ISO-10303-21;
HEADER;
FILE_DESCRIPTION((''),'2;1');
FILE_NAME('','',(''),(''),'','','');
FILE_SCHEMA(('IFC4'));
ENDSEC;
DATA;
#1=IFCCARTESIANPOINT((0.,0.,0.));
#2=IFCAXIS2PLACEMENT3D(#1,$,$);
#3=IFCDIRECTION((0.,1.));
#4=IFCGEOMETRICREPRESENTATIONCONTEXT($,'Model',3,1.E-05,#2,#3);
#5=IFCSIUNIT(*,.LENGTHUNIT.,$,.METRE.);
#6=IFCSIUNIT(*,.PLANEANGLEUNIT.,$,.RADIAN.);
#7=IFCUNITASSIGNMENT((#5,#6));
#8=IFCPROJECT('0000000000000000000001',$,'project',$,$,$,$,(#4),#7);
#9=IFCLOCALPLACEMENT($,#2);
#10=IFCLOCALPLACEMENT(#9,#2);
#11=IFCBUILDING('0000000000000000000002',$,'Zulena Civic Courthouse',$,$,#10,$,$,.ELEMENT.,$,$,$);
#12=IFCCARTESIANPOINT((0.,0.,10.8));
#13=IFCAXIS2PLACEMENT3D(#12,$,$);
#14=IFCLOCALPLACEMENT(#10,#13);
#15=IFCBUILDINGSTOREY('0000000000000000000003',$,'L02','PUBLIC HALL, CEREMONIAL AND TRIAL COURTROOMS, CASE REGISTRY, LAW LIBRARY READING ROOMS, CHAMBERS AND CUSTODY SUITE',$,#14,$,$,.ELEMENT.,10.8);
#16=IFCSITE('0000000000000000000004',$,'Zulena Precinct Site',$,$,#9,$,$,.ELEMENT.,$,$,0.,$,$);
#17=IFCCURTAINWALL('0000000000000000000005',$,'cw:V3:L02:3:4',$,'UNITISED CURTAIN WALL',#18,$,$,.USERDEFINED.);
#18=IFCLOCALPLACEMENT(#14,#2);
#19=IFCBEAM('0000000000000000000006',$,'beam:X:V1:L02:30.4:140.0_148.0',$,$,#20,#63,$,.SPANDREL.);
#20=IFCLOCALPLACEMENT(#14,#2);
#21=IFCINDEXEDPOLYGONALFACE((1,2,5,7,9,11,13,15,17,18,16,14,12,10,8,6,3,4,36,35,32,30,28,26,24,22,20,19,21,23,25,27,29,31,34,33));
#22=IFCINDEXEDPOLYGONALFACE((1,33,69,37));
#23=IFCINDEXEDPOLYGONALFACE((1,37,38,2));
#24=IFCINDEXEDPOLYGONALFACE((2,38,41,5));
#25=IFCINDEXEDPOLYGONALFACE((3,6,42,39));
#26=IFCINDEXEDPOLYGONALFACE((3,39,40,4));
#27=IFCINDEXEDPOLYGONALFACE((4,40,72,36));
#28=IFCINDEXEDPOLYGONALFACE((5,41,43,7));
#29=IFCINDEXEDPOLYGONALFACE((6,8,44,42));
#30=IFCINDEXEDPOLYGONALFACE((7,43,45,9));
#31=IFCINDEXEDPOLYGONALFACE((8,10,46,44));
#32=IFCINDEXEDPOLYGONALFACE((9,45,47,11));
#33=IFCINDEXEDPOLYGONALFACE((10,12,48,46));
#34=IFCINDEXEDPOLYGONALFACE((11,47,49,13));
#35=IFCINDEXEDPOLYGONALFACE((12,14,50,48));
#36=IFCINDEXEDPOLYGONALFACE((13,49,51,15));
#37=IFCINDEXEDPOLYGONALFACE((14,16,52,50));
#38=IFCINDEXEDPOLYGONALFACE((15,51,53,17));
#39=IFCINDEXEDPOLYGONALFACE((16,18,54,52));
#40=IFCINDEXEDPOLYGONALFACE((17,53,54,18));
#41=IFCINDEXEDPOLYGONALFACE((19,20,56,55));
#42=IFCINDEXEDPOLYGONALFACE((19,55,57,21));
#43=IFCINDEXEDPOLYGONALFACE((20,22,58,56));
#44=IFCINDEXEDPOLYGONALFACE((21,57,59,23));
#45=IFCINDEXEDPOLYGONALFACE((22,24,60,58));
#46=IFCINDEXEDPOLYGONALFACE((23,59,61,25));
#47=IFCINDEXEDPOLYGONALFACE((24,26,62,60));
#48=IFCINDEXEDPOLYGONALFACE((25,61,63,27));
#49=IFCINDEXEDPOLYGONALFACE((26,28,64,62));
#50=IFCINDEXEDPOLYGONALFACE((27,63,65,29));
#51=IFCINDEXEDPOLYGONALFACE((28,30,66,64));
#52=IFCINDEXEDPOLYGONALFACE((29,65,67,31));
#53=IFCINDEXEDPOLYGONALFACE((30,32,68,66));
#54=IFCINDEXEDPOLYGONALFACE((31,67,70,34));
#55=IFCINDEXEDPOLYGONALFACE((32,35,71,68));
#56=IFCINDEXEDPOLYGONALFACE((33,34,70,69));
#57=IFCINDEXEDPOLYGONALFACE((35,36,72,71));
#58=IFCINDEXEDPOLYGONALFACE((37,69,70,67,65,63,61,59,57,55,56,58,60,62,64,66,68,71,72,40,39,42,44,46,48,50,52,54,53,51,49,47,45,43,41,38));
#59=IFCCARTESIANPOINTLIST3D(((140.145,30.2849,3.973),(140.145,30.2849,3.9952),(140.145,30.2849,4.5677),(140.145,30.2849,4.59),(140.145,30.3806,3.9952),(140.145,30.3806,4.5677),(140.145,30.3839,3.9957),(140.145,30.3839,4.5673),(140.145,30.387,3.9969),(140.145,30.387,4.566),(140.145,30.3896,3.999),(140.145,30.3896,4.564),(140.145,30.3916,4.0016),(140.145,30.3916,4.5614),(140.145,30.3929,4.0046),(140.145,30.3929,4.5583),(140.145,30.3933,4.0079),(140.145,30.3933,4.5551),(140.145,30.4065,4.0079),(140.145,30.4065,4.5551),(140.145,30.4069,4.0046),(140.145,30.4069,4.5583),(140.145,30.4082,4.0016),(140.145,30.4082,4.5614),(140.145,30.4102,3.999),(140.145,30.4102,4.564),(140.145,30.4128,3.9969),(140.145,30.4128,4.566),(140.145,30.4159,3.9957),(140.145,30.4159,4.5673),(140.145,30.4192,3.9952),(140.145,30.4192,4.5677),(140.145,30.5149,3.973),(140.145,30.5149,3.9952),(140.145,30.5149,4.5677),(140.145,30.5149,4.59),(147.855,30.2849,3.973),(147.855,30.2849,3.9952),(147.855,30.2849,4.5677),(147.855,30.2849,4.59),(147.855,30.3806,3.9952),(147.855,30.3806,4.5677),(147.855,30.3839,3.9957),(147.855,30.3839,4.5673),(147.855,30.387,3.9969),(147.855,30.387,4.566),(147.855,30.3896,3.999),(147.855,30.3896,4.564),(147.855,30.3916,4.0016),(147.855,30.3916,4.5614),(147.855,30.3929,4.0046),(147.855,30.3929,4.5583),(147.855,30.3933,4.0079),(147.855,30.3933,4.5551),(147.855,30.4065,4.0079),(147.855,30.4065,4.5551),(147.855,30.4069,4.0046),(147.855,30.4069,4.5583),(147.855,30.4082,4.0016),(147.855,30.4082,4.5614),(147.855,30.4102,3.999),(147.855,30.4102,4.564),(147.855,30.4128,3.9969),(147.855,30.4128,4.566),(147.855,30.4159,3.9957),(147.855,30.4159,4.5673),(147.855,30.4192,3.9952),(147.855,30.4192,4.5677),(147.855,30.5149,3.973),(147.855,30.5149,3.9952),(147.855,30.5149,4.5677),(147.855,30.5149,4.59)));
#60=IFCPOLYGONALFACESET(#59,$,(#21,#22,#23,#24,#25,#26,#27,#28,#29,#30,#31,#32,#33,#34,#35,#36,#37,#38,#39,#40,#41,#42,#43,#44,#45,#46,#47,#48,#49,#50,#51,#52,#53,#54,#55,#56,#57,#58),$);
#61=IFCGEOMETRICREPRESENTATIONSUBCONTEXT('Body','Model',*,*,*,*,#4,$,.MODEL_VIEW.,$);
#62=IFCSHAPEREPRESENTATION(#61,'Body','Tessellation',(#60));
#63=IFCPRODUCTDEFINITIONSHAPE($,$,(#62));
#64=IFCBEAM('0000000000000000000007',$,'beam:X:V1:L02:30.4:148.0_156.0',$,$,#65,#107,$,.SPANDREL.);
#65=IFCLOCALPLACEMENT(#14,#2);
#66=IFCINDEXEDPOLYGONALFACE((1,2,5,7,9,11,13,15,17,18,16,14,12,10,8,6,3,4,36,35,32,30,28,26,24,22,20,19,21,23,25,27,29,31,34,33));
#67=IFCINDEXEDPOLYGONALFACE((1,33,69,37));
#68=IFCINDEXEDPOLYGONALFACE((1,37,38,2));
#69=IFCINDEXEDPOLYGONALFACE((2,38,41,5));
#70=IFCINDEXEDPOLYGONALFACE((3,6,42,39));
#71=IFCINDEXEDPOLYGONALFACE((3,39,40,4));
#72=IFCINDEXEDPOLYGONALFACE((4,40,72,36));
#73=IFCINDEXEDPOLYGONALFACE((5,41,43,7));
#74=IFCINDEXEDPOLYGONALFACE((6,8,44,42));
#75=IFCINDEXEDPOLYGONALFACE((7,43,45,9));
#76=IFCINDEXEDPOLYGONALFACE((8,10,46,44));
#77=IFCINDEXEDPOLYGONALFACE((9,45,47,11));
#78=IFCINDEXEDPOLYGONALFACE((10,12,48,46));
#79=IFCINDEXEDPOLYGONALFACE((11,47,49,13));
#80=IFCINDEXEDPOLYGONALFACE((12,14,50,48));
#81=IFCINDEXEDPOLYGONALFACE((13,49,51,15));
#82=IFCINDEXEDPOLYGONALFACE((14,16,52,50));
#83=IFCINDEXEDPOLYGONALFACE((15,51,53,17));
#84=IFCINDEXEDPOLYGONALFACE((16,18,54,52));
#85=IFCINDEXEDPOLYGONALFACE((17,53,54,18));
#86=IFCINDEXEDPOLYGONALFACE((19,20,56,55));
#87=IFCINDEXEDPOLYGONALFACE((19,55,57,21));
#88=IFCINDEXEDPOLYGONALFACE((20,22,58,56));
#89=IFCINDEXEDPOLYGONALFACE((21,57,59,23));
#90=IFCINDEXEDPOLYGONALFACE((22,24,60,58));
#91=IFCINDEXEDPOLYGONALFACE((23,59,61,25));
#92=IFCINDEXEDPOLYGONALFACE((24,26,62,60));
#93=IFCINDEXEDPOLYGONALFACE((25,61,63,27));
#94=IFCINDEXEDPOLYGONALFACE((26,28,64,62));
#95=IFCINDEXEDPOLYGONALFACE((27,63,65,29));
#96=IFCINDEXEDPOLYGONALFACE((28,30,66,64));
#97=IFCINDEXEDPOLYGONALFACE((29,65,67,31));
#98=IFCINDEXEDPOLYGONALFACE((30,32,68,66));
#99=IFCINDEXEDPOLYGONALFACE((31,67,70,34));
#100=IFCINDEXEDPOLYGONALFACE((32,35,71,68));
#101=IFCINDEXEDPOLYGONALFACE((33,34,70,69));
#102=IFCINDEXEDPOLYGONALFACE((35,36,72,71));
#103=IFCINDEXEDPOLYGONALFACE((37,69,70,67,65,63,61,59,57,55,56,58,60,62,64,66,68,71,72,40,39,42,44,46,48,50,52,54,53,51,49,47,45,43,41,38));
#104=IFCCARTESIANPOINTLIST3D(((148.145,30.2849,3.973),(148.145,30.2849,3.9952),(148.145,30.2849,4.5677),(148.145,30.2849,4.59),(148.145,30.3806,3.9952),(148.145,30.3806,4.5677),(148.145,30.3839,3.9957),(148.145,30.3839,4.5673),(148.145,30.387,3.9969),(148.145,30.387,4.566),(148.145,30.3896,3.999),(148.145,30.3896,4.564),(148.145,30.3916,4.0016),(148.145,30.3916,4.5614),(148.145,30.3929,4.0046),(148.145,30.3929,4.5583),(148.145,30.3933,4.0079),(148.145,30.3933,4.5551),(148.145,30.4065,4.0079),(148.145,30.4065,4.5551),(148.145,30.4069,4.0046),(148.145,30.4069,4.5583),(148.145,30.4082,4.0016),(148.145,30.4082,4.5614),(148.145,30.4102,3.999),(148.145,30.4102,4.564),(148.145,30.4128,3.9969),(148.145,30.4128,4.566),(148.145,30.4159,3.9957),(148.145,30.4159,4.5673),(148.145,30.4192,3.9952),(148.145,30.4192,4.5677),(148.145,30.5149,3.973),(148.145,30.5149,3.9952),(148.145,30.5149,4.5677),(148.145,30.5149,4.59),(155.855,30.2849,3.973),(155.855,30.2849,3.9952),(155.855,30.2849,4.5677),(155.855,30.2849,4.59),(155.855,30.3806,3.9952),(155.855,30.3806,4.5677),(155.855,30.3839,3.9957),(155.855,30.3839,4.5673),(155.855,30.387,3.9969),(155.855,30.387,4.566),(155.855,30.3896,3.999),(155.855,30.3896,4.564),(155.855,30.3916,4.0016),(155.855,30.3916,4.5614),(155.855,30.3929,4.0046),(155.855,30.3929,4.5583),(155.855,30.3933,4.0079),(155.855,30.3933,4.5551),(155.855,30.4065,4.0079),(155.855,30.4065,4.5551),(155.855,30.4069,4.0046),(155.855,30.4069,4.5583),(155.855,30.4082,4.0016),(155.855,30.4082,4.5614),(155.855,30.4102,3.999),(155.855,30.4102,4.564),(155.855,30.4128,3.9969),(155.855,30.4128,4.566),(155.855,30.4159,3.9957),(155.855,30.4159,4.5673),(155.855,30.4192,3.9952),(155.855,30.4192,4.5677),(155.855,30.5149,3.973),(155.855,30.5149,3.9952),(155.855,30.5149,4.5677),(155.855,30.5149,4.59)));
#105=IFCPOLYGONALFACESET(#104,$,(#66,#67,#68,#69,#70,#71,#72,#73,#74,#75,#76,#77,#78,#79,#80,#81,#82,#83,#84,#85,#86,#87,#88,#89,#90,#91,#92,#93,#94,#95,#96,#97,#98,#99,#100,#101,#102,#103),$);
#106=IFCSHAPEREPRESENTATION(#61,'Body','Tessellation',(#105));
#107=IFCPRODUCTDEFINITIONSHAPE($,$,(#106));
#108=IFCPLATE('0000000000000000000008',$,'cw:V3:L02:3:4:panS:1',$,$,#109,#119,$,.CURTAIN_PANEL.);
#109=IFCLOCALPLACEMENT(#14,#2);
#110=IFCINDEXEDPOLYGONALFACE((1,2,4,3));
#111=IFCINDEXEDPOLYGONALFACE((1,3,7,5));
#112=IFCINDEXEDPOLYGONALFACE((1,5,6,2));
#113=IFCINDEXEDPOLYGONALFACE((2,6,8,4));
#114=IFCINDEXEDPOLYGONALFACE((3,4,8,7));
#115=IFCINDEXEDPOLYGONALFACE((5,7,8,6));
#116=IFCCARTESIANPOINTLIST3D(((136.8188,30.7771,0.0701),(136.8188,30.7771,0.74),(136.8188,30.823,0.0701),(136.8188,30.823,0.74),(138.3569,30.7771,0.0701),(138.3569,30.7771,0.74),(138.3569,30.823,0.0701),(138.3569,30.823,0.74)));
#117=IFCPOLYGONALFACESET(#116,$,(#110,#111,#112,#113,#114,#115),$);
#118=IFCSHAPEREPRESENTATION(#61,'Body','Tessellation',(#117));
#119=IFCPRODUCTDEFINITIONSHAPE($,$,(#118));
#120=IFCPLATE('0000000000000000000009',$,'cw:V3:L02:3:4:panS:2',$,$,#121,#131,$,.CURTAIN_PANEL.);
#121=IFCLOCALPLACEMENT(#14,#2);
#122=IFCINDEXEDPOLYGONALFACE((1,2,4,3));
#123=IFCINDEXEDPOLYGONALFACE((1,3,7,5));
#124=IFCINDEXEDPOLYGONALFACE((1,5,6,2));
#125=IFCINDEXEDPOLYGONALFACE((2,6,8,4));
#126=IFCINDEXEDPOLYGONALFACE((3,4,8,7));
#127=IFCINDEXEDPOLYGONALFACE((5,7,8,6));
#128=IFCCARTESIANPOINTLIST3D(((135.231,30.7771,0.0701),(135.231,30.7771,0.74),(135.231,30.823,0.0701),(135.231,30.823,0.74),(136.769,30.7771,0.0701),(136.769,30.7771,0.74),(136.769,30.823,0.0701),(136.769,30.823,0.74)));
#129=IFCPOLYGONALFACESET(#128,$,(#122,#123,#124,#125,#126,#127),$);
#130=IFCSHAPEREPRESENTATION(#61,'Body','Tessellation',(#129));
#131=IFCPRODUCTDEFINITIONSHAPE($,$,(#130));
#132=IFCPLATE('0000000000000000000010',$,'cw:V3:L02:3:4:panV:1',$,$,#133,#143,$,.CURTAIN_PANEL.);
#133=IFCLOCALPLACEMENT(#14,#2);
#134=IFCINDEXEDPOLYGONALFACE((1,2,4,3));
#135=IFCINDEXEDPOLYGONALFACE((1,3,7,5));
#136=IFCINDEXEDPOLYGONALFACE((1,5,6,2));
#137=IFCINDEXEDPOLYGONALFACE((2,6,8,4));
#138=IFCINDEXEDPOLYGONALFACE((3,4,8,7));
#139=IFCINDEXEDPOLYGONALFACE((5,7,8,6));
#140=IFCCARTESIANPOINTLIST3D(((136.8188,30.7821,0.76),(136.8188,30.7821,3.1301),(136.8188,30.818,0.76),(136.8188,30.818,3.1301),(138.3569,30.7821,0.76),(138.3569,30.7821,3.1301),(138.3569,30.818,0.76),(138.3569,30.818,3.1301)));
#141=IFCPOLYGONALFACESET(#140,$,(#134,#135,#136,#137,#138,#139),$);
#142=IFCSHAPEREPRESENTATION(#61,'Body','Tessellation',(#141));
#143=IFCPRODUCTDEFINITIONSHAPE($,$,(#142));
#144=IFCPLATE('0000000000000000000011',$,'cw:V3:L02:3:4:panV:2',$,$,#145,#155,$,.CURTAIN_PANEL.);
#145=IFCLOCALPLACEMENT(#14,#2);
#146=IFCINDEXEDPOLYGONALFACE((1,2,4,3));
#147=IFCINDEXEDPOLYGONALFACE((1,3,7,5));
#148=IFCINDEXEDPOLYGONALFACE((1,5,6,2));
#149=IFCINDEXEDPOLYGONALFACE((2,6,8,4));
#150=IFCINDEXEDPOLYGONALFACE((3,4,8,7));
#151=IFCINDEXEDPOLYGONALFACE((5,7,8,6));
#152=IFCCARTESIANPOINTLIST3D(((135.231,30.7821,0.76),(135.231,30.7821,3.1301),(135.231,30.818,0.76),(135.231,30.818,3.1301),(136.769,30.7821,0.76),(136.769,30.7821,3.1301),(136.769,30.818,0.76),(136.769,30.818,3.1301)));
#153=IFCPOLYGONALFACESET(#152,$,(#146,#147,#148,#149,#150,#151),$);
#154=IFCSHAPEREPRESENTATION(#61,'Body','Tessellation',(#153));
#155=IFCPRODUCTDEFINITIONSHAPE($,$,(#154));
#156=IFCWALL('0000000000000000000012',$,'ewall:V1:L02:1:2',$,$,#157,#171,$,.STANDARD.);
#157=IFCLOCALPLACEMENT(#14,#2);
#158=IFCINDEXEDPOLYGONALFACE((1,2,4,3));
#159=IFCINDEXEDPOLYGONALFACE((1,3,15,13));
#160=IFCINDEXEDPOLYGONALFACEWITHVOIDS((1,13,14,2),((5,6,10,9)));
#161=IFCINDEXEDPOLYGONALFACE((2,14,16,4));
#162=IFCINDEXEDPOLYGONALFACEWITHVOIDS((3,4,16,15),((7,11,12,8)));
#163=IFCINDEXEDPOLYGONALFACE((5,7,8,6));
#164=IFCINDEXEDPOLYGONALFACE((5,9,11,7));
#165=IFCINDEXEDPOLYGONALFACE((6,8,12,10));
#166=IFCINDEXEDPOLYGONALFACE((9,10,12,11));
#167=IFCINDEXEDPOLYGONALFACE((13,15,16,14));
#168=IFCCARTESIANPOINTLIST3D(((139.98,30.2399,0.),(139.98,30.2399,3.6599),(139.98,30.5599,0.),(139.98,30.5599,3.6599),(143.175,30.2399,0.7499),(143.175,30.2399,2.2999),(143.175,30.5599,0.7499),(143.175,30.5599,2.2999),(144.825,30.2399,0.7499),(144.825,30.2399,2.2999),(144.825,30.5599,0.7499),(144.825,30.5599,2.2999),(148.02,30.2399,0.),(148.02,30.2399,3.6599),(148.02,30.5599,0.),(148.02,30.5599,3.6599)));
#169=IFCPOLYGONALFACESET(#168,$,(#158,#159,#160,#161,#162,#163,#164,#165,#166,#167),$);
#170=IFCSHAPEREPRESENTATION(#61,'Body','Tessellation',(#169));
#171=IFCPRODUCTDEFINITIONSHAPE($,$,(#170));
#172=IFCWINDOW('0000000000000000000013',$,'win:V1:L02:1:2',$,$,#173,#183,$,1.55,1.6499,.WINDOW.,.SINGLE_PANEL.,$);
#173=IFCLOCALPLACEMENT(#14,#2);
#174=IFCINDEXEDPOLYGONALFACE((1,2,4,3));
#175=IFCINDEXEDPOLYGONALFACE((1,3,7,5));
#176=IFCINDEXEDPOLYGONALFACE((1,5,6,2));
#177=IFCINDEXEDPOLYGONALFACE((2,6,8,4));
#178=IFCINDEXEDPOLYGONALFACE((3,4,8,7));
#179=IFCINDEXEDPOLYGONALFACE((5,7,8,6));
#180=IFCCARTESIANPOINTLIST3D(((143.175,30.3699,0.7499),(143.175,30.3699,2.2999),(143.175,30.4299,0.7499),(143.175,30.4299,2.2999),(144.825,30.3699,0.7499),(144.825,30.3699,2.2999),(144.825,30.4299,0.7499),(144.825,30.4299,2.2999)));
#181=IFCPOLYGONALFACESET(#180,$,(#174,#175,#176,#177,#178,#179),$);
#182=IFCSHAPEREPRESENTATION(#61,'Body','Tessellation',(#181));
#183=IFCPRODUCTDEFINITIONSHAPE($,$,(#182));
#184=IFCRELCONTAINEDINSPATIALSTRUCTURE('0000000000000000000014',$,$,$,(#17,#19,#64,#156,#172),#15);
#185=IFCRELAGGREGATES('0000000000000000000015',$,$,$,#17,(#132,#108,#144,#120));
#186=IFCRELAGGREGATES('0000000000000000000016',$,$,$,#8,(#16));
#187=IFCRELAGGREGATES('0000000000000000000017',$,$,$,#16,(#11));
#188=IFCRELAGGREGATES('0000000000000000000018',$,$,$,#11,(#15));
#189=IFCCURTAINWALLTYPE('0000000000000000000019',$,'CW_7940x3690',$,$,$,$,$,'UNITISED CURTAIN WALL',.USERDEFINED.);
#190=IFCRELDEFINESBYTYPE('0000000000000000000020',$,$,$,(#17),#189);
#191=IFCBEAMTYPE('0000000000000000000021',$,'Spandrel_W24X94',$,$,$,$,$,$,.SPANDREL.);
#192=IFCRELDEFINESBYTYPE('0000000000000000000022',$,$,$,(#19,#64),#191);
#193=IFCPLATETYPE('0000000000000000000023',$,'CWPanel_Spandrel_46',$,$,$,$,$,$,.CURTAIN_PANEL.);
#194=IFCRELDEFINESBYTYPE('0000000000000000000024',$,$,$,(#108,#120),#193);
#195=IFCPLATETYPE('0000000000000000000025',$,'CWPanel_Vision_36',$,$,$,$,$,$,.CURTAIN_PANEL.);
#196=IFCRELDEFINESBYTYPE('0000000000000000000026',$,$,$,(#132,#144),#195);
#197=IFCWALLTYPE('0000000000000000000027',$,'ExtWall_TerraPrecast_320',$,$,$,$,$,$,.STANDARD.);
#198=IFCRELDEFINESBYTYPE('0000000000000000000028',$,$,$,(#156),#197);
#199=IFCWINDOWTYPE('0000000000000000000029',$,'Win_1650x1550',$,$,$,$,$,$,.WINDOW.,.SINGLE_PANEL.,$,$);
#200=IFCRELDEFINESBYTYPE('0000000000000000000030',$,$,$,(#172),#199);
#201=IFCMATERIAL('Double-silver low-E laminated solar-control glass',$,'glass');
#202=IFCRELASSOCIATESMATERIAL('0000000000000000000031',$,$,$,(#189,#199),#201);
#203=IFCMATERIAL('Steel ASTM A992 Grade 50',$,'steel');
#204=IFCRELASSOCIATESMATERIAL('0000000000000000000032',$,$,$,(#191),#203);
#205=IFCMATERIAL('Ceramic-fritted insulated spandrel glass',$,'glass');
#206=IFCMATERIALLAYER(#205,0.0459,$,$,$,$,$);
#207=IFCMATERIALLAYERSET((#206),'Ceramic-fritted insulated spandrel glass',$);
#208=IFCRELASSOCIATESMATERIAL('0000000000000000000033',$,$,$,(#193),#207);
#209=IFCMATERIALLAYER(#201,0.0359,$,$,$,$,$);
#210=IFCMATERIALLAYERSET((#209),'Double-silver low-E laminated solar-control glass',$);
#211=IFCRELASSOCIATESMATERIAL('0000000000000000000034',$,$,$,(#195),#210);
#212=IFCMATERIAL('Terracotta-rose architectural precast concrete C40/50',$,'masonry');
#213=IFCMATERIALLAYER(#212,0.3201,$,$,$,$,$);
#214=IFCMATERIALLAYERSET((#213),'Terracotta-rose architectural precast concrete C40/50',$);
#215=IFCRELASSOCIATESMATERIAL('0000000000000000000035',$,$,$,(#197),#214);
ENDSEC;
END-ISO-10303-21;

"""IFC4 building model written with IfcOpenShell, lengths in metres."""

from ifc_helpers import new_model, si_unit, direction, frame, frame_2d, origin, origin_2d, place, context, subcontext, project, spatial, rectangle, i_section, extrude, material, layer, layer_set, material_profile, profile_set, type_object, element, fill, aggregate, save


model = new_model("IFC4")

# Units and contexts
model_context = context("Model", 3, precision=1e-05, world=origin(), true_north=direction((0.0, 1.0)))
body_context = subcontext(model_context, "Body", "Model", "MODEL_VIEW")
ifc_project = project(units=[si_unit("LENGTHUNIT", "METRE"), si_unit("PLANEANGLEUNIT", "RADIAN")], contexts=[model_context])

# Site, building, storey
site_placement = place(None, origin())
site = spatial("IfcSite", under=ifc_project, at=site_placement, Name="Zulena Precinct Site", CompositionType="ELEMENT", RefElevation=0.0)
building_placement = place(site_placement, origin())
building = spatial("IfcBuilding", under=site, at=building_placement, Name="Zulena Civic Courthouse", CompositionType="ELEMENT")
storey_placement = place(building_placement, frame((0.0, 0.0, 10.8)))
storey = spatial("IfcBuildingStorey", under=building, at=storey_placement, Name="L02", Description="PUBLIC HALL, CEREMONIAL AND TRIAL COURTROOMS, CASE REGISTRY, LAW LIBRARY READING ROOMS, CHAMBERS AND CUSTODY SUITE", CompositionType="ELEMENT", Elevation=10.8)

# Shared definitions
ifc_material_1 = material(Name="Steel ASTM A992 Grade 50", Category="steel")

# Curtain wall
ifc_material_2 = material(Name="Double-silver low-E laminated solar-control glass", Category="glass")
curtain_wall_type = type_object("IfcCurtainWallType", Name="CW_7940x3690", ElementType="UNITISED CURTAIN WALL", PredefinedType="USERDEFINED", material=ifc_material_2)
curtain_wall_placement = place(storey_placement, origin())
curtain_wall = element("IfcCurtainWall", 1, at=curtain_wall_placement, inside=storey, type_object=curtain_wall_type, Name="cw:V3:L02:3:4", ObjectType="UNITISED CURTAIN WALL", PredefinedType="USERDEFINED")

# Beams
ifc_material_profile_1 = material_profile(ifc_material_1, i_section(OverallWidth=0.23, OverallDepth=0.6169, WebThickness=0.0132, FlangeThickness=0.0222, FilletRadius=0.0127, at=origin_2d()), Name="W24X94")
ifc_profile_set_1 = profile_set([ifc_material_profile_1], Name="Steel ASTM A992 Grade 50")
beam_type_1 = type_object("IfcBeamType", Name="Spandrel_W24X94", PredefinedType="SPANDREL", material=ifc_profile_set_1)
for number, where, z_axis, x_axis, name in (
    (2, (140.145, 30.3999, 4.2815), (1.0, 0.0, 0.0), (0.0, 1.0, 0.0), "beam:X:V1:L02:30.4:140.0_148.0"),
    (3, (148.145, 30.3999, 4.2815), (1.0, 0.0, 0.0), (0.0, 1.0, 0.0), "beam:X:V1:L02:30.4:148.0_156.0"),
):
    element("IfcBeam", number, at=place(storey_placement, frame(where, z_axis=z_axis, x_axis=x_axis)), inside=storey, type_object=beam_type_1, Name=name, PredefinedType="SPANDREL", context=body_context, shape_type="SweptSolid", body=[
        extrude(i_section(OverallWidth=0.23, OverallDepth=0.6169, WebThickness=0.0132, FlangeThickness=0.0222, FilletRadius=0.0127, at=origin_2d()), origin(), (0.0, 0.0, 1.0), 7.71),
    ])

# Plates
ifc_material_3 = material(Name="Ceramic-fritted insulated spandrel glass", Category="glass")
ifc_layer_1 = layer(ifc_material_3, 0.0459)
ifc_layer_set_1 = layer_set([ifc_layer_1], Name="Ceramic-fritted insulated spandrel glass")
plate_type_1 = type_object("IfcPlateType", Name="CWPanel_Spandrel_46", PredefinedType="CURTAIN_PANEL", material=ifc_layer_set_1)
plate_1_placement = place(storey_placement, frame((137.5879, 30.8, 0.0701), z_axis=(0.0, 0.0, 1.0), x_axis=(-1.0, 0.0, 0.0)))
plate_1 = element("IfcPlate", 4, at=plate_1_placement, type_object=plate_type_1, Name="cw:V3:L02:3:4:panS:1", PredefinedType="CURTAIN_PANEL", context=body_context, shape_type="SweptSolid", body=[
    extrude(rectangle(XDim=1.5381, YDim=0.0459, at=origin_2d()), origin(), (0.0, 0.0, 1.0), 0.6699),
])
plate_2_placement = place(storey_placement, frame((136.0, 30.8, 0.0701), z_axis=(0.0, 0.0, 1.0), x_axis=(-1.0, 0.0, 0.0)))
plate_2 = element("IfcPlate", 5, at=plate_2_placement, type_object=plate_type_1, Name="cw:V3:L02:3:4:panS:2", PredefinedType="CURTAIN_PANEL", context=body_context, shape_type="SweptSolid", body=[
    extrude(rectangle(XDim=1.5381, YDim=0.0459, at=origin_2d()), origin(), (0.0, 0.0, 1.0), 0.6699),
])
ifc_layer_2 = layer(ifc_material_2, 0.0359)
ifc_layer_set_2 = layer_set([ifc_layer_2], Name="Double-silver low-E laminated solar-control glass")
plate_type_2 = type_object("IfcPlateType", Name="CWPanel_Vision_36", PredefinedType="CURTAIN_PANEL", material=ifc_layer_set_2)
plate_3_placement = place(storey_placement, frame((137.5879, 30.8, 0.76), z_axis=(0.0, 0.0, 1.0), x_axis=(-1.0, 0.0, 0.0)))
plate_3 = element("IfcPlate", 6, at=plate_3_placement, type_object=plate_type_2, Name="cw:V3:L02:3:4:panV:1", PredefinedType="CURTAIN_PANEL", context=body_context, shape_type="SweptSolid", body=[
    extrude(rectangle(XDim=1.5381, YDim=0.0359, at=origin_2d()), origin(), (0.0, 0.0, 1.0), 2.3701),
])
plate_4_placement = place(storey_placement, frame((136.0, 30.8, 0.76), z_axis=(0.0, 0.0, 1.0), x_axis=(-1.0, 0.0, 0.0)))
plate_4 = element("IfcPlate", 7, at=plate_4_placement, type_object=plate_type_2, Name="cw:V3:L02:3:4:panV:2", PredefinedType="CURTAIN_PANEL", context=body_context, shape_type="SweptSolid", body=[
    extrude(rectangle(XDim=1.5381, YDim=0.0359, at=origin_2d()), origin(), (0.0, 0.0, 1.0), 2.3701),
])
aggregate(curtain_wall, [plate_3, plate_1, plate_4, plate_2])

# Wall, opening, window
ifc_material_4 = material(Name="Terracotta-rose architectural precast concrete C40/50", Category="masonry")
ifc_layer_3 = layer(ifc_material_4, 0.3201)
ifc_layer_set_3 = layer_set([ifc_layer_3], Name="Terracotta-rose architectural precast concrete C40/50")
wall_type = type_object("IfcWallType", Name="ExtWall_TerraPrecast_320", PredefinedType="STANDARD", material=ifc_layer_set_3)
wall_1_placement = place(storey_placement, frame((139.98, 30.3999, 0.0), z_axis=(0.0, 0.0, 1.0), x_axis=(1.0, 0.0, 0.0)))
wall_1 = element("IfcWall", 8, at=wall_1_placement, inside=storey, type_object=wall_type, Name="ewall:V1:L02:1:2", PredefinedType="STANDARD", context=body_context, shape_type="SweptSolid", body=[
    extrude(rectangle(XDim=8.04, YDim=0.3201, at=frame_2d((4.02, 0.0))), origin(), (0.0, 0.0, 1.0), 3.6599),
])
opening_1_placement = place(wall_1_placement, frame((3.1951, 0.0, 0.75)))
opening_1 = element("IfcOpeningElement", 9, at=opening_1_placement, cuts=wall_1, PredefinedType="OPENING", context=body_context, shape_type="SweptSolid", body=[
    extrude(rectangle(XDim=1.6499, YDim=1.55, at=frame_2d((0.825, 0.7749))), frame((0.0, 0.1699, 0.0), z_axis=(0.0, -1.0, 0.0), x_axis=(1.0, 0.0, 0.0)), (0.0, 0.0, 1.0), 0.3401),
])
window_type_1 = type_object("IfcWindowType", Name="Win_1650x1550", PartitioningType="SINGLE_PANEL", PredefinedType="WINDOW", material=ifc_material_2)
window_1_placement = place(opening_1_placement, origin())
window_1 = element("IfcWindow", 10, at=window_1_placement, inside=storey, type_object=window_type_1, Name="win:V1:L02:1:2", OverallHeight=1.55, OverallWidth=1.6499, PartitioningType="SINGLE_PANEL", PredefinedType="WINDOW", context=body_context, shape_type="SweptSolid", body=[
    extrude(rectangle(XDim=1.6499, YDim=1.55, at=frame_2d((0.825, 0.7749))), frame((0.0, 0.03, 0.0), z_axis=(0.0, -1.0, 0.0), x_axis=(1.0, 0.0, 0.0)), (0.0, 0.0, 1.0), 0.0601),
])
fill(opening_1, window_1)

save(model, "model.ifc")
